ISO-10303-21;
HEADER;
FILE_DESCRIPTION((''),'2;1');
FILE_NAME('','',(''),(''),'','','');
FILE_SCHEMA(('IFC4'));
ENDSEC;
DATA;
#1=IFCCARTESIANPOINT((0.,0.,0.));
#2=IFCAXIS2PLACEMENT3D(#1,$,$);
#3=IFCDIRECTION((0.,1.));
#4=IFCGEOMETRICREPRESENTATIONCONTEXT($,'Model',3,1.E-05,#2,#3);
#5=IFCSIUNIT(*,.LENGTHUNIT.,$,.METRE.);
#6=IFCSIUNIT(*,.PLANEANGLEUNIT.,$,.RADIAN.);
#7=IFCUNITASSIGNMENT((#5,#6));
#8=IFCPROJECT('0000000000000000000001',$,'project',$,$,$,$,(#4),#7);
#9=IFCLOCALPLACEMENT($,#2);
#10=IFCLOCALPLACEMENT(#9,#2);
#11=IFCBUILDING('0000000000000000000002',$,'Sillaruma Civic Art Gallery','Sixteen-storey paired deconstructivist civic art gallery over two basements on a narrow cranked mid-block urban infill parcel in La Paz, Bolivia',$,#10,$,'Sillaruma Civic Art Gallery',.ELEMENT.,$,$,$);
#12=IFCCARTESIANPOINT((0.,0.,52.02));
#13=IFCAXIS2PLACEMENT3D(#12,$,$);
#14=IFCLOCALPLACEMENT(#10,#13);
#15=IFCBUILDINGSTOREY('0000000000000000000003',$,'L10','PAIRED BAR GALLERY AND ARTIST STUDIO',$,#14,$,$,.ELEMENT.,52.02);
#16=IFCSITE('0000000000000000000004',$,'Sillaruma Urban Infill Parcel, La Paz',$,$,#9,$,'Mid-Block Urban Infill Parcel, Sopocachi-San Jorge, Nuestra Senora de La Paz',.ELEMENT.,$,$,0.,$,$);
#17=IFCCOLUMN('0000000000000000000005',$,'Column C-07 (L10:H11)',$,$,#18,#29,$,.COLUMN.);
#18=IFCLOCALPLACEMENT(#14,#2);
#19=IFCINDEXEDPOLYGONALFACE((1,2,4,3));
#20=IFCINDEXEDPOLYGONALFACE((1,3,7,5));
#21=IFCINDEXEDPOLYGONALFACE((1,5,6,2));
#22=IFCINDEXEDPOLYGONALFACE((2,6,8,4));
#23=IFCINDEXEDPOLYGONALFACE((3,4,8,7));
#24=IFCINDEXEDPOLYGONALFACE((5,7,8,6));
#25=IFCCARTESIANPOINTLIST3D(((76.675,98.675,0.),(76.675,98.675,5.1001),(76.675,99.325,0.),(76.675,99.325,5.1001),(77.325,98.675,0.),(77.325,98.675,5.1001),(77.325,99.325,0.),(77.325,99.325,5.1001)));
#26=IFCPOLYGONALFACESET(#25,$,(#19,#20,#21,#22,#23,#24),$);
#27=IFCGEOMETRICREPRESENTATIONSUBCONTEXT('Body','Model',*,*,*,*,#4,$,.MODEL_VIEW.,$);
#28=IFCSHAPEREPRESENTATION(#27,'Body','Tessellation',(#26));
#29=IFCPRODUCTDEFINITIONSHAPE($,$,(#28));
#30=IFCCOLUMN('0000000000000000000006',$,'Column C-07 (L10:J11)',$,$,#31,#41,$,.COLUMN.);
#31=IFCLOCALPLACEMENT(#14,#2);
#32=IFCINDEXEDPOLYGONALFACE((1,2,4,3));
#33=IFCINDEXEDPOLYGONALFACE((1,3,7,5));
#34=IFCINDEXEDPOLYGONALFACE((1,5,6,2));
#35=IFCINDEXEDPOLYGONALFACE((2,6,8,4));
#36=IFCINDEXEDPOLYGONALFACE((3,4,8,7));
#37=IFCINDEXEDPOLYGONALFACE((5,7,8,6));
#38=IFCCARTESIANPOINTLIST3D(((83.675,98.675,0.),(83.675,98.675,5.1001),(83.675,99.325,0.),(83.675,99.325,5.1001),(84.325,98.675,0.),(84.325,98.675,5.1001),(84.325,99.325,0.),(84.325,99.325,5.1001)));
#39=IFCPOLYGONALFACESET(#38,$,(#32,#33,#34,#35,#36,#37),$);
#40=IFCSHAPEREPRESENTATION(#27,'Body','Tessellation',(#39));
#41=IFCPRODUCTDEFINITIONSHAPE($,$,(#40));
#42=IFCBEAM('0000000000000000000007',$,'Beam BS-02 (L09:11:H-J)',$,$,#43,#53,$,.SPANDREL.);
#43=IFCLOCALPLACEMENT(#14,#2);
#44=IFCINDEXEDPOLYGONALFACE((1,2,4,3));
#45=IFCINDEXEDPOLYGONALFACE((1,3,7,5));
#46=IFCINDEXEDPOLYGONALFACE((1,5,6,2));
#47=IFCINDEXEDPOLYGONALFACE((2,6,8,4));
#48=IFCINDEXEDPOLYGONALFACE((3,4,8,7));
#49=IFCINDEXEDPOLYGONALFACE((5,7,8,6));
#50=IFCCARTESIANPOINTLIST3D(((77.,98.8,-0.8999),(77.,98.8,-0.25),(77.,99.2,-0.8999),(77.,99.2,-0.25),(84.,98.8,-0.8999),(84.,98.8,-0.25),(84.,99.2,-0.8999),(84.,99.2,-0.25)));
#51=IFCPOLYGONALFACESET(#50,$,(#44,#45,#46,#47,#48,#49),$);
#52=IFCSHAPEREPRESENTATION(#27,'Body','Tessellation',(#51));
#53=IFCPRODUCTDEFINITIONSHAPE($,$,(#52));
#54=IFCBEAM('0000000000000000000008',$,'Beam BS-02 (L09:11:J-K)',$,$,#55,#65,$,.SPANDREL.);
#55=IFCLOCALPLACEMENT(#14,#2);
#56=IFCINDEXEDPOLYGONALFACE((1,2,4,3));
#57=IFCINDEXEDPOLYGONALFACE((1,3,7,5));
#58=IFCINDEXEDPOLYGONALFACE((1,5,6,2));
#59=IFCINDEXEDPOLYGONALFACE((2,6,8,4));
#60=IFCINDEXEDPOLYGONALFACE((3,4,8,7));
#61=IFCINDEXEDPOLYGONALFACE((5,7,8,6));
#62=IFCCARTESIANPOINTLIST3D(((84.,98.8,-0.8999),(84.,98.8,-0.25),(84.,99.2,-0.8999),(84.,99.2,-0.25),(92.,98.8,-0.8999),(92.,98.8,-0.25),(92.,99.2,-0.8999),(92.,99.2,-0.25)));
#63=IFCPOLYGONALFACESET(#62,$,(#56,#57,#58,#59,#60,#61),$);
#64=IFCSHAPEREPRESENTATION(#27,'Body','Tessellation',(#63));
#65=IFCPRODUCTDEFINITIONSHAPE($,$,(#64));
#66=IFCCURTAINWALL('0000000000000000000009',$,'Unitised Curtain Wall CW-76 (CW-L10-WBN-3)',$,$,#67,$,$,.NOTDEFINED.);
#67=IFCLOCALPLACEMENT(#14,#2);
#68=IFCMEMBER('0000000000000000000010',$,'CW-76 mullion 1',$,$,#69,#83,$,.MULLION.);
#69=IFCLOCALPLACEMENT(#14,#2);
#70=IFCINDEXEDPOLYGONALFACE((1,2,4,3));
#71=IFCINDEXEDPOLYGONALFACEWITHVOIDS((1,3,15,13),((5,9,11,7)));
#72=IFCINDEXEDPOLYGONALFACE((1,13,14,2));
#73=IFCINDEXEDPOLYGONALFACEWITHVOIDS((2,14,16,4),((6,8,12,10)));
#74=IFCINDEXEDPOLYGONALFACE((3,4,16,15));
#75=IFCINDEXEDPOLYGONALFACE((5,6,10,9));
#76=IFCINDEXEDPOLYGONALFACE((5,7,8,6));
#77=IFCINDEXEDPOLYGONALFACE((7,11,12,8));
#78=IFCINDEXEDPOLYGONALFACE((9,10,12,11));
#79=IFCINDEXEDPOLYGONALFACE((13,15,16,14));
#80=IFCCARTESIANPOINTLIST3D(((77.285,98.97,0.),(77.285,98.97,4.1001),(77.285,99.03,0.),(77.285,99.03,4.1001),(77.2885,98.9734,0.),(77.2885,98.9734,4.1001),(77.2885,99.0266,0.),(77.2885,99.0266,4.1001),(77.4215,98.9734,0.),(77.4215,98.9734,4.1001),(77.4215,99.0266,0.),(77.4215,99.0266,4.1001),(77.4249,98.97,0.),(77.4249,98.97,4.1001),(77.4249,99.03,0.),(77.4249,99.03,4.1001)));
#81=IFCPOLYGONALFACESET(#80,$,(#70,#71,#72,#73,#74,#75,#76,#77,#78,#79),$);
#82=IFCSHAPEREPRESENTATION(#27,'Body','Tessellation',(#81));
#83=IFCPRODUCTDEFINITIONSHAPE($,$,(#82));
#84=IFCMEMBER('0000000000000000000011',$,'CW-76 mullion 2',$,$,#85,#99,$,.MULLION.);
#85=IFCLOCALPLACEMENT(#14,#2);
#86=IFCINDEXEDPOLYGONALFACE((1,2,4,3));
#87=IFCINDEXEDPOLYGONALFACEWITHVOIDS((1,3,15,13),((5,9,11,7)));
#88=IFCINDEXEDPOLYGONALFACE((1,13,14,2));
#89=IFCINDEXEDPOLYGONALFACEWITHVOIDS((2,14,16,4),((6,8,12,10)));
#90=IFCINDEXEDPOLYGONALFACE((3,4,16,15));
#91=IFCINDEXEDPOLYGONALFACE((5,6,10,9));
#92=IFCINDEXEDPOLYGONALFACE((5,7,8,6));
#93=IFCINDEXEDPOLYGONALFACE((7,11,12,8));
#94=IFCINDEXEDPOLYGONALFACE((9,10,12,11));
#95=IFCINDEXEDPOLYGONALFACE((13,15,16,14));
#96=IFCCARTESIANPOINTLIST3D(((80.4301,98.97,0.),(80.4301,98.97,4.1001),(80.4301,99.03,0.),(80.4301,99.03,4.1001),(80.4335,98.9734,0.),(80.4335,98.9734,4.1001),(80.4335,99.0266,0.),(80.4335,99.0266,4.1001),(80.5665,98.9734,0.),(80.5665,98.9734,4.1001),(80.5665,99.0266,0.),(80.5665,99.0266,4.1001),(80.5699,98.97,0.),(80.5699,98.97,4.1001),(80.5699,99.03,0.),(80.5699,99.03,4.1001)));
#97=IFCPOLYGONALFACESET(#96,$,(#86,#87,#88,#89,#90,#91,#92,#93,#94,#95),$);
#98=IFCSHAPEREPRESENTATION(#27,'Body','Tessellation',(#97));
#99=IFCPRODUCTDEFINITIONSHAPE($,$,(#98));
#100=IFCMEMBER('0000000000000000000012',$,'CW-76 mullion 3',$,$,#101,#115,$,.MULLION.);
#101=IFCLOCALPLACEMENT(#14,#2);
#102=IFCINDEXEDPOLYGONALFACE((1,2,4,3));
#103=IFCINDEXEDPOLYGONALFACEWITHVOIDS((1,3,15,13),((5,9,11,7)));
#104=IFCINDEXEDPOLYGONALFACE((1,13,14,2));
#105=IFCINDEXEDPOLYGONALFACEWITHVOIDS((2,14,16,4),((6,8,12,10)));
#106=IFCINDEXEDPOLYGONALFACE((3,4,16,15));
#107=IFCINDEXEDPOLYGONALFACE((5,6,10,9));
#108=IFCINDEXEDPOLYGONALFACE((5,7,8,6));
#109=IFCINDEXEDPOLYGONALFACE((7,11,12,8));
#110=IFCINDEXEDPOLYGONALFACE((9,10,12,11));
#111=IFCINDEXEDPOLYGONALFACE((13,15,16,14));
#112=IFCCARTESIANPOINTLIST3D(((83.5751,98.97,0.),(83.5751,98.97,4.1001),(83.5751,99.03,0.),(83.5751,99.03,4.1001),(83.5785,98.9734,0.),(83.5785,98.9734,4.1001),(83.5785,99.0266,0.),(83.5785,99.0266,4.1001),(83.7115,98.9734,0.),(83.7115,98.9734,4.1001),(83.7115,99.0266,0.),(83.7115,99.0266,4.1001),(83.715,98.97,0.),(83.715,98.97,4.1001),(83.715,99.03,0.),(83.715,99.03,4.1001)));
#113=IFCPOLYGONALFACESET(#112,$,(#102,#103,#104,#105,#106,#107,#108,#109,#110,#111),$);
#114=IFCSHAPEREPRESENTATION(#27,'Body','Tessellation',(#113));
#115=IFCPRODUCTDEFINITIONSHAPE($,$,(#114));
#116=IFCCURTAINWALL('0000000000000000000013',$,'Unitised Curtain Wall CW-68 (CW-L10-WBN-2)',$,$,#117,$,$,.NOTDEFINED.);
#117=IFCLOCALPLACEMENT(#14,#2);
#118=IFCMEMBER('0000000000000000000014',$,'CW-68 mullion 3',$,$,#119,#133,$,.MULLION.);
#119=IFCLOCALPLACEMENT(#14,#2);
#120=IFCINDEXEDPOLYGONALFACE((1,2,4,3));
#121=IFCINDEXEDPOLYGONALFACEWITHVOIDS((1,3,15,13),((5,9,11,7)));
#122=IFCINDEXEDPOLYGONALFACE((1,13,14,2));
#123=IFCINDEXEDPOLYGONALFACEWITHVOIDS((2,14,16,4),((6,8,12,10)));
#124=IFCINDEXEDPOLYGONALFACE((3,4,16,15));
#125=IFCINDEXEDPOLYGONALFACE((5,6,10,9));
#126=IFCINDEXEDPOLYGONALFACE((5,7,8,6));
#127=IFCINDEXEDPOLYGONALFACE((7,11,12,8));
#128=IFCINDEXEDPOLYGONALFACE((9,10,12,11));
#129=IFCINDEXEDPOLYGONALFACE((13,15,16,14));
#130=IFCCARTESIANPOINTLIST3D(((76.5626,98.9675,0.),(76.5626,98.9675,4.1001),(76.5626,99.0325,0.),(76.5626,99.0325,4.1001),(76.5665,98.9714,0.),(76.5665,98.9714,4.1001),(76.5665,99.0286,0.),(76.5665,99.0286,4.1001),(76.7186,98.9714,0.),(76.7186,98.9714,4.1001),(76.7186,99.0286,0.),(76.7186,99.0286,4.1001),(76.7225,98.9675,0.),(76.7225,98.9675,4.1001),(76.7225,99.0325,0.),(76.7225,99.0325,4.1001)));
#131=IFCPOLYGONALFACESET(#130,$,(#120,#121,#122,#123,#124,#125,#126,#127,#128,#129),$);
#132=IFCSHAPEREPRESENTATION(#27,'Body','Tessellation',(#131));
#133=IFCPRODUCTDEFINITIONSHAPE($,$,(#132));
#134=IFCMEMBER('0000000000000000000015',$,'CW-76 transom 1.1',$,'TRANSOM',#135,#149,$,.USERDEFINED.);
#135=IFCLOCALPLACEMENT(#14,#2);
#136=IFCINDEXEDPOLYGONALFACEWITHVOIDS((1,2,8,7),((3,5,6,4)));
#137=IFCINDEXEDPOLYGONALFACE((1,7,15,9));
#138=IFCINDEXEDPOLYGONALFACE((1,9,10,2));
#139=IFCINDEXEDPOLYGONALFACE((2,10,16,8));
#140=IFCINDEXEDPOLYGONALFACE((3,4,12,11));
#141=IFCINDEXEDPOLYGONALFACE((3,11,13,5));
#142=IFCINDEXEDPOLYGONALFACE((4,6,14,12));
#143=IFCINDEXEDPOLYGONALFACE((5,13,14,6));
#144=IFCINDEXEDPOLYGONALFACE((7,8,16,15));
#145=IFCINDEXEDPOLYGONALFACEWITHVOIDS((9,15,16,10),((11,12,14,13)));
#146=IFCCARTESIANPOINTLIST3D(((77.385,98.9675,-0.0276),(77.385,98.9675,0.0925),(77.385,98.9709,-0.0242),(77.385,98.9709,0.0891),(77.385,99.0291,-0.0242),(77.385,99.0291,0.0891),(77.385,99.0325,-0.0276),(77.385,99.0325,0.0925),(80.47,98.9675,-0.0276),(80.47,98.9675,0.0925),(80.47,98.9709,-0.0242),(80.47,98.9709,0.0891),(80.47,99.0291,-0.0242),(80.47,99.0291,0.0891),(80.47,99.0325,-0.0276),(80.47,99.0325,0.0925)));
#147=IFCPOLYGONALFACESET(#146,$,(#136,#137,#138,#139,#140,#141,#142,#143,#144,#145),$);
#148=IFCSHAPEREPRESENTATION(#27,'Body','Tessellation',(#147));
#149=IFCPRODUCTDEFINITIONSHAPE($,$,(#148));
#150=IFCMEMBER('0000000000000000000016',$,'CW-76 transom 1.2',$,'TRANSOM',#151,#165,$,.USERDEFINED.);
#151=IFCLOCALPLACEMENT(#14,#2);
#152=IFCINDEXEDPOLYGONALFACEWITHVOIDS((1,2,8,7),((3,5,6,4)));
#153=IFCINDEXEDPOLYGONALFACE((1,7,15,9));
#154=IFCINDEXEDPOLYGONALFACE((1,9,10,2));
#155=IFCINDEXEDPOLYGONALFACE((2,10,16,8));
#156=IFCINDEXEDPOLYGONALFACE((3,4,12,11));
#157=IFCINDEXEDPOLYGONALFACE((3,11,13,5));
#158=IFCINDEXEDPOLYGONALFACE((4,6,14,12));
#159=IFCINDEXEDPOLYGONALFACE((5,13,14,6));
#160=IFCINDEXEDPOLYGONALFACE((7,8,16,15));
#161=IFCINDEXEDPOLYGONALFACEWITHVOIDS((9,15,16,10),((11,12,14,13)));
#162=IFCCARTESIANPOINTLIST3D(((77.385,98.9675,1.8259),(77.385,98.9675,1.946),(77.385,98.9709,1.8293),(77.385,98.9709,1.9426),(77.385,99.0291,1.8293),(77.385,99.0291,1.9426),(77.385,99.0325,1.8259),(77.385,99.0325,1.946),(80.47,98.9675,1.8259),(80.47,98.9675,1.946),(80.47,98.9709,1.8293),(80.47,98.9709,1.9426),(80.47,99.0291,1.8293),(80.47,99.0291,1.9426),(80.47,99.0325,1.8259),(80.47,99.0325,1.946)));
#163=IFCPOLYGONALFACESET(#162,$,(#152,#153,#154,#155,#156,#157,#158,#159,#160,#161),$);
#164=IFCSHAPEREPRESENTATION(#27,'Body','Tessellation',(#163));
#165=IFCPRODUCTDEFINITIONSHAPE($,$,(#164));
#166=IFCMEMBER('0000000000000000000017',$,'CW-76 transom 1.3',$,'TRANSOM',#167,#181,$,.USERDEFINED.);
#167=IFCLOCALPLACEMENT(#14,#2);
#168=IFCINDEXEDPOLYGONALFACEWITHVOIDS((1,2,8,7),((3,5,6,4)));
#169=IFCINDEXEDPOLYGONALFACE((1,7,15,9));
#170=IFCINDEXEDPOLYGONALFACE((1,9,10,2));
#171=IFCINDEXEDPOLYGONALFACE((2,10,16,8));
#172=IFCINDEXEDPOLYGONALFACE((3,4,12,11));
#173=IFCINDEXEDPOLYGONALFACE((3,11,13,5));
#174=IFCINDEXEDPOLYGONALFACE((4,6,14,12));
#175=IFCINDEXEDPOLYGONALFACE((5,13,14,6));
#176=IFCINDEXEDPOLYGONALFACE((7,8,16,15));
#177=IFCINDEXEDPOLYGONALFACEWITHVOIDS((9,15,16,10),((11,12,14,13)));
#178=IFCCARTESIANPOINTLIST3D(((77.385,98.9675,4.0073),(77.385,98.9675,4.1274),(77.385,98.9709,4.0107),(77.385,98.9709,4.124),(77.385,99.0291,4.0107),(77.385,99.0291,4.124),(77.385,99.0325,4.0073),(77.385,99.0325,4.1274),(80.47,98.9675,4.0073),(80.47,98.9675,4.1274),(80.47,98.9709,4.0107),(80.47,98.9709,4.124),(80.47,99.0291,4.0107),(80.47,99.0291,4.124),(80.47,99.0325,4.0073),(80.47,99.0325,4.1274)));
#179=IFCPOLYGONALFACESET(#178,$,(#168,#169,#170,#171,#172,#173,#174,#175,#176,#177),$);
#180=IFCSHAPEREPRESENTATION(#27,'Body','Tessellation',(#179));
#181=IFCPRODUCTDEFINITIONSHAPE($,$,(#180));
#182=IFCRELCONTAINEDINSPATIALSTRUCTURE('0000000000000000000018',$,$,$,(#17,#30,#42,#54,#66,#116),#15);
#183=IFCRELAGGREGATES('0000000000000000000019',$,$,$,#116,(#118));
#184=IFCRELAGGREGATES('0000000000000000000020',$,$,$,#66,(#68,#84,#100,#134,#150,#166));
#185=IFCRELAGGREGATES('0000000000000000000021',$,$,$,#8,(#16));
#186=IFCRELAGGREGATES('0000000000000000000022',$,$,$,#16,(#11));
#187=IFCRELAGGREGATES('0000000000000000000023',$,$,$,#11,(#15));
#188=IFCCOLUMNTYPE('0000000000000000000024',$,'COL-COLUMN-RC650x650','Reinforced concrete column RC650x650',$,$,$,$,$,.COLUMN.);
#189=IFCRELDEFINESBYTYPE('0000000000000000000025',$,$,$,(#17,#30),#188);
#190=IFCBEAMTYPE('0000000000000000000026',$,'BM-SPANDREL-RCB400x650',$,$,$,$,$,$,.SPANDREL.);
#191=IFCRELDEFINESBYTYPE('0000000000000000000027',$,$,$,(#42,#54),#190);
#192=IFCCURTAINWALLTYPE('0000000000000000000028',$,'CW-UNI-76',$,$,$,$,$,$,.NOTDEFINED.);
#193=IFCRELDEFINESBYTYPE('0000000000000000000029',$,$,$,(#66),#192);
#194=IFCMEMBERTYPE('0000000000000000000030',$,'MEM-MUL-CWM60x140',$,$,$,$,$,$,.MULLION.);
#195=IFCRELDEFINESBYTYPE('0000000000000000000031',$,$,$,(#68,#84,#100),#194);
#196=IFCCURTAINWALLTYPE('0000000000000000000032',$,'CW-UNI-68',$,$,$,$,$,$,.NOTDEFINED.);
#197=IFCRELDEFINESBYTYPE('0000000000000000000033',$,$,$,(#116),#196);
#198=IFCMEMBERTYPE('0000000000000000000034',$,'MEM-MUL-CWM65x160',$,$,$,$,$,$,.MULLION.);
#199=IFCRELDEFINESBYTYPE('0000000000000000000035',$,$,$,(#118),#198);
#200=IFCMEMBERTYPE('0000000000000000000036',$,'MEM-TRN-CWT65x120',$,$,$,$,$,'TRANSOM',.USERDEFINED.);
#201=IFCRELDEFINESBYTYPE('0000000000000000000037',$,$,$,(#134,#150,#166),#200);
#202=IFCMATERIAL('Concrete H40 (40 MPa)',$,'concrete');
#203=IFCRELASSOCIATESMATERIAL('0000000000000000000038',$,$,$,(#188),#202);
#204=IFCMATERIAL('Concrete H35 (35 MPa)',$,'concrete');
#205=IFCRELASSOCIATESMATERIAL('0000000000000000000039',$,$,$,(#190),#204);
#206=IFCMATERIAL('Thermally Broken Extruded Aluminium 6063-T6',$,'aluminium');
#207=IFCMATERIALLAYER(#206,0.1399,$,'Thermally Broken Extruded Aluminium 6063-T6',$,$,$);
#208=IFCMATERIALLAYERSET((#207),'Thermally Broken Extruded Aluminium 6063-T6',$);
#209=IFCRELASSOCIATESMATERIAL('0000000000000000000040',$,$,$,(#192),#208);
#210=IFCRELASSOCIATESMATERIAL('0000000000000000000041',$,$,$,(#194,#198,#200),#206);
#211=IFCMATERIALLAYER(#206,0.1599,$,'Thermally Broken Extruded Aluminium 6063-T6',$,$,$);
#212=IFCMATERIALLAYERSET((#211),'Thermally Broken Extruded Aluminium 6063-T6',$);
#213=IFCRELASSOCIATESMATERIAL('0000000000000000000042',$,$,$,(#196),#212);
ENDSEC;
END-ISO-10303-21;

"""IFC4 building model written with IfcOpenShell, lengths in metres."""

from ifc_helpers import new_model, si_unit, direction, frame, origin, origin_2d, place, context, subcontext, project, spatial, rectangle, hollow_rectangle, extrude, material, layer, layer_set, material_profile, profile_set, type_object, element, aggregate, save


model = new_model("IFC4")

# Units and contexts
model_context = context("Model", 3, precision=1e-05, world=origin(), true_north=direction((0.0, 1.0)))
body_context = subcontext(model_context, "Body", "Model", "MODEL_VIEW")
ifc_project = project(units=[si_unit("LENGTHUNIT", "METRE"), si_unit("PLANEANGLEUNIT", "RADIAN")], contexts=[model_context])

# Site, building, storey
site_placement = place(None, origin())
site = spatial("IfcSite", under=ifc_project, at=site_placement, Name="Sillaruma Urban Infill Parcel, La Paz", LongName="Mid-Block Urban Infill Parcel, Sopocachi-San Jorge, Nuestra Senora de La Paz", CompositionType="ELEMENT", RefElevation=0.0)
building_placement = place(site_placement, origin())
building = spatial("IfcBuilding", under=site, at=building_placement, Name="Sillaruma Civic Art Gallery", Description="Sixteen-storey paired deconstructivist civic art gallery over two basements on a narrow cranked mid-block urban infill parcel in La Paz, Bolivia", LongName="Sillaruma Civic Art Gallery", CompositionType="ELEMENT")
storey_placement = place(building_placement, frame((0.0, 0.0, 52.02)))
storey = spatial("IfcBuildingStorey", under=building, at=storey_placement, Name="L10", Description="PAIRED BAR GALLERY AND ARTIST STUDIO", CompositionType="ELEMENT", Elevation=52.02)

# Columns
ifc_material_1 = material(Name="Concrete H40 (40 MPa)", Category="concrete")
ifc_material_profile_1 = material_profile(ifc_material_1, rectangle(XDim=0.6499, YDim=0.6499, at=origin_2d()), Name="RC650x650")
ifc_profile_set_1 = profile_set([ifc_material_profile_1], Name="Concrete H40 (40 MPa)")
column_type = type_object("IfcColumnType", Name="COL-COLUMN-RC650x650", Description="Reinforced concrete column RC650x650", PredefinedType="COLUMN", material=ifc_profile_set_1)
for number, where, z_axis, x_axis, name in (
    (1, (77.0, 99.0, 0.0), (0.0, 0.0, 1.0), (1.0, 0.0, 0.0), "Column C-07 (L10:H11)"),
    (2, (84.0, 99.0, 0.0), (0.0, 0.0, 1.0), (1.0, 0.0, 0.0), "Column C-07 (L10:J11)"),
):
    element("IfcColumn", number, at=place(storey_placement, frame(where, z_axis=z_axis, x_axis=x_axis)), inside=storey, type_object=column_type, Name=name, PredefinedType="COLUMN", context=body_context, shape_type="SweptSolid", body=[
        extrude(rectangle(XDim=0.6499, YDim=0.6499, at=origin_2d()), origin(), (0.0, 0.0, 1.0), 5.1001),
    ])

# Beams
ifc_material_2 = material(Name="Concrete H35 (35 MPa)", Category="concrete")
ifc_material_profile_2 = material_profile(ifc_material_2, rectangle(XDim=0.3999, YDim=0.6499, at=origin_2d()), Name="RCB400x650")
ifc_profile_set_2 = profile_set([ifc_material_profile_2], Name="Concrete H35 (35 MPa)")
beam_type = type_object("IfcBeamType", Name="BM-SPANDREL-RCB400x650", PredefinedType="SPANDREL", material=ifc_profile_set_2)
beam_1_placement = place(storey_placement, frame((77.0, 99.0, -0.575), z_axis=(1.0, 0.0, 0.0), x_axis=(0.0, 1.0, 0.0)))
element("IfcBeam", 3, at=beam_1_placement, inside=storey, type_object=beam_type, Name="Beam BS-02 (L09:11:H-J)", PredefinedType="SPANDREL", context=body_context, shape_type="SweptSolid", body=[
    extrude(rectangle(XDim=0.3999, YDim=0.6499, at=origin_2d()), origin(), (0.0, 0.0, 1.0), 7.0),
])
beam_2_placement = place(storey_placement, frame((84.0, 99.0, -0.575), z_axis=(1.0, 0.0, 0.0), x_axis=(0.0, 1.0, 0.0)))
element("IfcBeam", 4, at=beam_2_placement, inside=storey, type_object=beam_type, Name="Beam BS-02 (L09:11:J-K)", PredefinedType="SPANDREL", context=body_context, shape_type="SweptSolid", body=[
    extrude(rectangle(XDim=0.3999, YDim=0.6499, at=origin_2d()), origin(), (0.0, 0.0, 1.0), 8.0),
])

# Curtain wall, members
ifc_material_3 = material(Name="Thermally Broken Extruded Aluminium 6063-T6", Category="aluminium")
ifc_layer_1 = layer(ifc_material_3, 0.1399, Name="Thermally Broken Extruded Aluminium 6063-T6")
ifc_layer_set_1 = layer_set([ifc_layer_1], Name="Thermally Broken Extruded Aluminium 6063-T6")
curtain_wall_type_1 = type_object("IfcCurtainWallType", Name="CW-UNI-76", PredefinedType="NOTDEFINED", material=ifc_layer_set_1)
curtain_wall_1_placement = place(storey_placement, origin())
curtain_wall_1 = element("IfcCurtainWall", 5, at=curtain_wall_1_placement, inside=storey, type_object=curtain_wall_type_1, Name="Unitised Curtain Wall CW-76 (CW-L10-WBN-3)", PredefinedType="NOTDEFINED")
ifc_material_profile_3 = material_profile(ifc_material_3, hollow_rectangle(XDim=0.0601, YDim=0.1399, WallThickness=0.0034, at=origin_2d()), Name="CWM60x140")
ifc_profile_set_3 = profile_set([ifc_material_profile_3], Name="Thermally Broken Extruded Aluminium 6063-T6")
member_type_1 = type_object("IfcMemberType", Name="MEM-MUL-CWM60x140", PredefinedType="MULLION", material=ifc_profile_set_3)
member_1_placement = place(storey_placement, frame((77.355, 99.0, 0.0), z_axis=(0.0, 0.0, 1.0), x_axis=(0.0, 1.0, 0.0)))
member_1 = element("IfcMember", 6, at=member_1_placement, type_object=member_type_1, Name="CW-76 mullion 1", PredefinedType="MULLION", context=body_context, shape_type="SweptSolid", body=[
    extrude(hollow_rectangle(XDim=0.0601, YDim=0.1399, WallThickness=0.0034, at=origin_2d()), origin(), (0.0, 0.0, 1.0), 4.1001),
])
member_2_placement = place(storey_placement, frame((80.5, 99.0, 0.0), z_axis=(0.0, 0.0, 1.0), x_axis=(0.0, 1.0, 0.0)))
member_2 = element("IfcMember", 7, at=member_2_placement, type_object=member_type_1, Name="CW-76 mullion 2", PredefinedType="MULLION", context=body_context, shape_type="SweptSolid", body=[
    extrude(hollow_rectangle(XDim=0.0601, YDim=0.1399, WallThickness=0.0034, at=origin_2d()), origin(), (0.0, 0.0, 1.0), 4.1001),
])
member_3_placement = place(storey_placement, frame((83.645, 99.0, 0.0), z_axis=(0.0, 0.0, 1.0), x_axis=(0.0, 1.0, 0.0)))
member_3 = element("IfcMember", 8, at=member_3_placement, type_object=member_type_1, Name="CW-76 mullion 3", PredefinedType="MULLION", context=body_context, shape_type="SweptSolid", body=[
    extrude(hollow_rectangle(XDim=0.0601, YDim=0.1399, WallThickness=0.0034, at=origin_2d()), origin(), (0.0, 0.0, 1.0), 4.1001),
])

# Curtain wall, member
ifc_layer_2 = layer(ifc_material_3, 0.1599, Name="Thermally Broken Extruded Aluminium 6063-T6")
ifc_layer_set_2 = layer_set([ifc_layer_2], Name="Thermally Broken Extruded Aluminium 6063-T6")
curtain_wall_type_2 = type_object("IfcCurtainWallType", Name="CW-UNI-68", PredefinedType="NOTDEFINED", material=ifc_layer_set_2)
curtain_wall_2_placement = place(storey_placement, origin())
curtain_wall_2 = element("IfcCurtainWall", 9, at=curtain_wall_2_placement, inside=storey, type_object=curtain_wall_type_2, Name="Unitised Curtain Wall CW-68 (CW-L10-WBN-2)", PredefinedType="NOTDEFINED")
ifc_material_profile_4 = material_profile(ifc_material_3, hollow_rectangle(XDim=0.0649, YDim=0.1599, WallThickness=0.0039, at=origin_2d()), Name="CWM65x160")
ifc_profile_set_4 = profile_set([ifc_material_profile_4], Name="Thermally Broken Extruded Aluminium 6063-T6")
member_type_2 = type_object("IfcMemberType", Name="MEM-MUL-CWM65x160", PredefinedType="MULLION", material=ifc_profile_set_4)
member_4_placement = place(storey_placement, frame((76.6426, 99.0, 0.0), z_axis=(0.0, 0.0, 1.0), x_axis=(0.0, 1.0, 0.0)))
member_4 = element("IfcMember", 10, at=member_4_placement, type_object=member_type_2, Name="CW-68 mullion 3", PredefinedType="MULLION", context=body_context, shape_type="SweptSolid", body=[
    extrude(hollow_rectangle(XDim=0.0649, YDim=0.1599, WallThickness=0.0039, at=origin_2d()), origin(), (0.0, 0.0, 1.0), 4.1001),
])

# Members
ifc_material_profile_5 = material_profile(ifc_material_3, hollow_rectangle(XDim=0.0649, YDim=0.1201, WallThickness=0.0034, at=origin_2d()), Name="CWT65x120")
ifc_profile_set_5 = profile_set([ifc_material_profile_5], Name="Thermally Broken Extruded Aluminium 6063-T6")
member_type_3 = type_object("IfcMemberType", Name="MEM-TRN-CWT65x120", ElementType="TRANSOM", PredefinedType="USERDEFINED", material=ifc_profile_set_5)
member_5_placement = place(storey_placement, frame((77.385, 99.0, 0.0325), z_axis=(1.0, 0.0, 0.0), x_axis=(0.0, 1.0, 0.0)))
member_5 = element("IfcMember", 11, at=member_5_placement, type_object=member_type_3, Name="CW-76 transom 1.1", ObjectType="TRANSOM", PredefinedType="USERDEFINED", context=body_context, shape_type="SweptSolid", body=[
    extrude(hollow_rectangle(XDim=0.0649, YDim=0.1201, WallThickness=0.0034, at=origin_2d()), origin(), (0.0, 0.0, 1.0), 3.085),
])
member_6_placement = place(storey_placement, frame((77.385, 99.0, 1.886), z_axis=(1.0, 0.0, 0.0), x_axis=(0.0, 1.0, 0.0)))
member_6 = element("IfcMember", 12, at=member_6_placement, type_object=member_type_3, Name="CW-76 transom 1.2", ObjectType="TRANSOM", PredefinedType="USERDEFINED", context=body_context, shape_type="SweptSolid", body=[
    extrude(hollow_rectangle(XDim=0.0649, YDim=0.1201, WallThickness=0.0034, at=origin_2d()), origin(), (0.0, 0.0, 1.0), 3.085),
])
member_7_placement = place(storey_placement, frame((77.385, 99.0, 4.0674), z_axis=(1.0, 0.0, 0.0), x_axis=(0.0, 1.0, 0.0)))
member_7 = element("IfcMember", 13, at=member_7_placement, type_object=member_type_3, Name="CW-76 transom 1.3", ObjectType="TRANSOM", PredefinedType="USERDEFINED", context=body_context, shape_type="SweptSolid", body=[
    extrude(hollow_rectangle(XDim=0.0649, YDim=0.1201, WallThickness=0.0034, at=origin_2d()), origin(), (0.0, 0.0, 1.0), 3.085),
])

aggregate(curtain_wall_2, [member_4])
aggregate(curtain_wall_1, [member_1, member_2, member_3, member_5, member_6, member_7])

save(model, "model.ifc")
